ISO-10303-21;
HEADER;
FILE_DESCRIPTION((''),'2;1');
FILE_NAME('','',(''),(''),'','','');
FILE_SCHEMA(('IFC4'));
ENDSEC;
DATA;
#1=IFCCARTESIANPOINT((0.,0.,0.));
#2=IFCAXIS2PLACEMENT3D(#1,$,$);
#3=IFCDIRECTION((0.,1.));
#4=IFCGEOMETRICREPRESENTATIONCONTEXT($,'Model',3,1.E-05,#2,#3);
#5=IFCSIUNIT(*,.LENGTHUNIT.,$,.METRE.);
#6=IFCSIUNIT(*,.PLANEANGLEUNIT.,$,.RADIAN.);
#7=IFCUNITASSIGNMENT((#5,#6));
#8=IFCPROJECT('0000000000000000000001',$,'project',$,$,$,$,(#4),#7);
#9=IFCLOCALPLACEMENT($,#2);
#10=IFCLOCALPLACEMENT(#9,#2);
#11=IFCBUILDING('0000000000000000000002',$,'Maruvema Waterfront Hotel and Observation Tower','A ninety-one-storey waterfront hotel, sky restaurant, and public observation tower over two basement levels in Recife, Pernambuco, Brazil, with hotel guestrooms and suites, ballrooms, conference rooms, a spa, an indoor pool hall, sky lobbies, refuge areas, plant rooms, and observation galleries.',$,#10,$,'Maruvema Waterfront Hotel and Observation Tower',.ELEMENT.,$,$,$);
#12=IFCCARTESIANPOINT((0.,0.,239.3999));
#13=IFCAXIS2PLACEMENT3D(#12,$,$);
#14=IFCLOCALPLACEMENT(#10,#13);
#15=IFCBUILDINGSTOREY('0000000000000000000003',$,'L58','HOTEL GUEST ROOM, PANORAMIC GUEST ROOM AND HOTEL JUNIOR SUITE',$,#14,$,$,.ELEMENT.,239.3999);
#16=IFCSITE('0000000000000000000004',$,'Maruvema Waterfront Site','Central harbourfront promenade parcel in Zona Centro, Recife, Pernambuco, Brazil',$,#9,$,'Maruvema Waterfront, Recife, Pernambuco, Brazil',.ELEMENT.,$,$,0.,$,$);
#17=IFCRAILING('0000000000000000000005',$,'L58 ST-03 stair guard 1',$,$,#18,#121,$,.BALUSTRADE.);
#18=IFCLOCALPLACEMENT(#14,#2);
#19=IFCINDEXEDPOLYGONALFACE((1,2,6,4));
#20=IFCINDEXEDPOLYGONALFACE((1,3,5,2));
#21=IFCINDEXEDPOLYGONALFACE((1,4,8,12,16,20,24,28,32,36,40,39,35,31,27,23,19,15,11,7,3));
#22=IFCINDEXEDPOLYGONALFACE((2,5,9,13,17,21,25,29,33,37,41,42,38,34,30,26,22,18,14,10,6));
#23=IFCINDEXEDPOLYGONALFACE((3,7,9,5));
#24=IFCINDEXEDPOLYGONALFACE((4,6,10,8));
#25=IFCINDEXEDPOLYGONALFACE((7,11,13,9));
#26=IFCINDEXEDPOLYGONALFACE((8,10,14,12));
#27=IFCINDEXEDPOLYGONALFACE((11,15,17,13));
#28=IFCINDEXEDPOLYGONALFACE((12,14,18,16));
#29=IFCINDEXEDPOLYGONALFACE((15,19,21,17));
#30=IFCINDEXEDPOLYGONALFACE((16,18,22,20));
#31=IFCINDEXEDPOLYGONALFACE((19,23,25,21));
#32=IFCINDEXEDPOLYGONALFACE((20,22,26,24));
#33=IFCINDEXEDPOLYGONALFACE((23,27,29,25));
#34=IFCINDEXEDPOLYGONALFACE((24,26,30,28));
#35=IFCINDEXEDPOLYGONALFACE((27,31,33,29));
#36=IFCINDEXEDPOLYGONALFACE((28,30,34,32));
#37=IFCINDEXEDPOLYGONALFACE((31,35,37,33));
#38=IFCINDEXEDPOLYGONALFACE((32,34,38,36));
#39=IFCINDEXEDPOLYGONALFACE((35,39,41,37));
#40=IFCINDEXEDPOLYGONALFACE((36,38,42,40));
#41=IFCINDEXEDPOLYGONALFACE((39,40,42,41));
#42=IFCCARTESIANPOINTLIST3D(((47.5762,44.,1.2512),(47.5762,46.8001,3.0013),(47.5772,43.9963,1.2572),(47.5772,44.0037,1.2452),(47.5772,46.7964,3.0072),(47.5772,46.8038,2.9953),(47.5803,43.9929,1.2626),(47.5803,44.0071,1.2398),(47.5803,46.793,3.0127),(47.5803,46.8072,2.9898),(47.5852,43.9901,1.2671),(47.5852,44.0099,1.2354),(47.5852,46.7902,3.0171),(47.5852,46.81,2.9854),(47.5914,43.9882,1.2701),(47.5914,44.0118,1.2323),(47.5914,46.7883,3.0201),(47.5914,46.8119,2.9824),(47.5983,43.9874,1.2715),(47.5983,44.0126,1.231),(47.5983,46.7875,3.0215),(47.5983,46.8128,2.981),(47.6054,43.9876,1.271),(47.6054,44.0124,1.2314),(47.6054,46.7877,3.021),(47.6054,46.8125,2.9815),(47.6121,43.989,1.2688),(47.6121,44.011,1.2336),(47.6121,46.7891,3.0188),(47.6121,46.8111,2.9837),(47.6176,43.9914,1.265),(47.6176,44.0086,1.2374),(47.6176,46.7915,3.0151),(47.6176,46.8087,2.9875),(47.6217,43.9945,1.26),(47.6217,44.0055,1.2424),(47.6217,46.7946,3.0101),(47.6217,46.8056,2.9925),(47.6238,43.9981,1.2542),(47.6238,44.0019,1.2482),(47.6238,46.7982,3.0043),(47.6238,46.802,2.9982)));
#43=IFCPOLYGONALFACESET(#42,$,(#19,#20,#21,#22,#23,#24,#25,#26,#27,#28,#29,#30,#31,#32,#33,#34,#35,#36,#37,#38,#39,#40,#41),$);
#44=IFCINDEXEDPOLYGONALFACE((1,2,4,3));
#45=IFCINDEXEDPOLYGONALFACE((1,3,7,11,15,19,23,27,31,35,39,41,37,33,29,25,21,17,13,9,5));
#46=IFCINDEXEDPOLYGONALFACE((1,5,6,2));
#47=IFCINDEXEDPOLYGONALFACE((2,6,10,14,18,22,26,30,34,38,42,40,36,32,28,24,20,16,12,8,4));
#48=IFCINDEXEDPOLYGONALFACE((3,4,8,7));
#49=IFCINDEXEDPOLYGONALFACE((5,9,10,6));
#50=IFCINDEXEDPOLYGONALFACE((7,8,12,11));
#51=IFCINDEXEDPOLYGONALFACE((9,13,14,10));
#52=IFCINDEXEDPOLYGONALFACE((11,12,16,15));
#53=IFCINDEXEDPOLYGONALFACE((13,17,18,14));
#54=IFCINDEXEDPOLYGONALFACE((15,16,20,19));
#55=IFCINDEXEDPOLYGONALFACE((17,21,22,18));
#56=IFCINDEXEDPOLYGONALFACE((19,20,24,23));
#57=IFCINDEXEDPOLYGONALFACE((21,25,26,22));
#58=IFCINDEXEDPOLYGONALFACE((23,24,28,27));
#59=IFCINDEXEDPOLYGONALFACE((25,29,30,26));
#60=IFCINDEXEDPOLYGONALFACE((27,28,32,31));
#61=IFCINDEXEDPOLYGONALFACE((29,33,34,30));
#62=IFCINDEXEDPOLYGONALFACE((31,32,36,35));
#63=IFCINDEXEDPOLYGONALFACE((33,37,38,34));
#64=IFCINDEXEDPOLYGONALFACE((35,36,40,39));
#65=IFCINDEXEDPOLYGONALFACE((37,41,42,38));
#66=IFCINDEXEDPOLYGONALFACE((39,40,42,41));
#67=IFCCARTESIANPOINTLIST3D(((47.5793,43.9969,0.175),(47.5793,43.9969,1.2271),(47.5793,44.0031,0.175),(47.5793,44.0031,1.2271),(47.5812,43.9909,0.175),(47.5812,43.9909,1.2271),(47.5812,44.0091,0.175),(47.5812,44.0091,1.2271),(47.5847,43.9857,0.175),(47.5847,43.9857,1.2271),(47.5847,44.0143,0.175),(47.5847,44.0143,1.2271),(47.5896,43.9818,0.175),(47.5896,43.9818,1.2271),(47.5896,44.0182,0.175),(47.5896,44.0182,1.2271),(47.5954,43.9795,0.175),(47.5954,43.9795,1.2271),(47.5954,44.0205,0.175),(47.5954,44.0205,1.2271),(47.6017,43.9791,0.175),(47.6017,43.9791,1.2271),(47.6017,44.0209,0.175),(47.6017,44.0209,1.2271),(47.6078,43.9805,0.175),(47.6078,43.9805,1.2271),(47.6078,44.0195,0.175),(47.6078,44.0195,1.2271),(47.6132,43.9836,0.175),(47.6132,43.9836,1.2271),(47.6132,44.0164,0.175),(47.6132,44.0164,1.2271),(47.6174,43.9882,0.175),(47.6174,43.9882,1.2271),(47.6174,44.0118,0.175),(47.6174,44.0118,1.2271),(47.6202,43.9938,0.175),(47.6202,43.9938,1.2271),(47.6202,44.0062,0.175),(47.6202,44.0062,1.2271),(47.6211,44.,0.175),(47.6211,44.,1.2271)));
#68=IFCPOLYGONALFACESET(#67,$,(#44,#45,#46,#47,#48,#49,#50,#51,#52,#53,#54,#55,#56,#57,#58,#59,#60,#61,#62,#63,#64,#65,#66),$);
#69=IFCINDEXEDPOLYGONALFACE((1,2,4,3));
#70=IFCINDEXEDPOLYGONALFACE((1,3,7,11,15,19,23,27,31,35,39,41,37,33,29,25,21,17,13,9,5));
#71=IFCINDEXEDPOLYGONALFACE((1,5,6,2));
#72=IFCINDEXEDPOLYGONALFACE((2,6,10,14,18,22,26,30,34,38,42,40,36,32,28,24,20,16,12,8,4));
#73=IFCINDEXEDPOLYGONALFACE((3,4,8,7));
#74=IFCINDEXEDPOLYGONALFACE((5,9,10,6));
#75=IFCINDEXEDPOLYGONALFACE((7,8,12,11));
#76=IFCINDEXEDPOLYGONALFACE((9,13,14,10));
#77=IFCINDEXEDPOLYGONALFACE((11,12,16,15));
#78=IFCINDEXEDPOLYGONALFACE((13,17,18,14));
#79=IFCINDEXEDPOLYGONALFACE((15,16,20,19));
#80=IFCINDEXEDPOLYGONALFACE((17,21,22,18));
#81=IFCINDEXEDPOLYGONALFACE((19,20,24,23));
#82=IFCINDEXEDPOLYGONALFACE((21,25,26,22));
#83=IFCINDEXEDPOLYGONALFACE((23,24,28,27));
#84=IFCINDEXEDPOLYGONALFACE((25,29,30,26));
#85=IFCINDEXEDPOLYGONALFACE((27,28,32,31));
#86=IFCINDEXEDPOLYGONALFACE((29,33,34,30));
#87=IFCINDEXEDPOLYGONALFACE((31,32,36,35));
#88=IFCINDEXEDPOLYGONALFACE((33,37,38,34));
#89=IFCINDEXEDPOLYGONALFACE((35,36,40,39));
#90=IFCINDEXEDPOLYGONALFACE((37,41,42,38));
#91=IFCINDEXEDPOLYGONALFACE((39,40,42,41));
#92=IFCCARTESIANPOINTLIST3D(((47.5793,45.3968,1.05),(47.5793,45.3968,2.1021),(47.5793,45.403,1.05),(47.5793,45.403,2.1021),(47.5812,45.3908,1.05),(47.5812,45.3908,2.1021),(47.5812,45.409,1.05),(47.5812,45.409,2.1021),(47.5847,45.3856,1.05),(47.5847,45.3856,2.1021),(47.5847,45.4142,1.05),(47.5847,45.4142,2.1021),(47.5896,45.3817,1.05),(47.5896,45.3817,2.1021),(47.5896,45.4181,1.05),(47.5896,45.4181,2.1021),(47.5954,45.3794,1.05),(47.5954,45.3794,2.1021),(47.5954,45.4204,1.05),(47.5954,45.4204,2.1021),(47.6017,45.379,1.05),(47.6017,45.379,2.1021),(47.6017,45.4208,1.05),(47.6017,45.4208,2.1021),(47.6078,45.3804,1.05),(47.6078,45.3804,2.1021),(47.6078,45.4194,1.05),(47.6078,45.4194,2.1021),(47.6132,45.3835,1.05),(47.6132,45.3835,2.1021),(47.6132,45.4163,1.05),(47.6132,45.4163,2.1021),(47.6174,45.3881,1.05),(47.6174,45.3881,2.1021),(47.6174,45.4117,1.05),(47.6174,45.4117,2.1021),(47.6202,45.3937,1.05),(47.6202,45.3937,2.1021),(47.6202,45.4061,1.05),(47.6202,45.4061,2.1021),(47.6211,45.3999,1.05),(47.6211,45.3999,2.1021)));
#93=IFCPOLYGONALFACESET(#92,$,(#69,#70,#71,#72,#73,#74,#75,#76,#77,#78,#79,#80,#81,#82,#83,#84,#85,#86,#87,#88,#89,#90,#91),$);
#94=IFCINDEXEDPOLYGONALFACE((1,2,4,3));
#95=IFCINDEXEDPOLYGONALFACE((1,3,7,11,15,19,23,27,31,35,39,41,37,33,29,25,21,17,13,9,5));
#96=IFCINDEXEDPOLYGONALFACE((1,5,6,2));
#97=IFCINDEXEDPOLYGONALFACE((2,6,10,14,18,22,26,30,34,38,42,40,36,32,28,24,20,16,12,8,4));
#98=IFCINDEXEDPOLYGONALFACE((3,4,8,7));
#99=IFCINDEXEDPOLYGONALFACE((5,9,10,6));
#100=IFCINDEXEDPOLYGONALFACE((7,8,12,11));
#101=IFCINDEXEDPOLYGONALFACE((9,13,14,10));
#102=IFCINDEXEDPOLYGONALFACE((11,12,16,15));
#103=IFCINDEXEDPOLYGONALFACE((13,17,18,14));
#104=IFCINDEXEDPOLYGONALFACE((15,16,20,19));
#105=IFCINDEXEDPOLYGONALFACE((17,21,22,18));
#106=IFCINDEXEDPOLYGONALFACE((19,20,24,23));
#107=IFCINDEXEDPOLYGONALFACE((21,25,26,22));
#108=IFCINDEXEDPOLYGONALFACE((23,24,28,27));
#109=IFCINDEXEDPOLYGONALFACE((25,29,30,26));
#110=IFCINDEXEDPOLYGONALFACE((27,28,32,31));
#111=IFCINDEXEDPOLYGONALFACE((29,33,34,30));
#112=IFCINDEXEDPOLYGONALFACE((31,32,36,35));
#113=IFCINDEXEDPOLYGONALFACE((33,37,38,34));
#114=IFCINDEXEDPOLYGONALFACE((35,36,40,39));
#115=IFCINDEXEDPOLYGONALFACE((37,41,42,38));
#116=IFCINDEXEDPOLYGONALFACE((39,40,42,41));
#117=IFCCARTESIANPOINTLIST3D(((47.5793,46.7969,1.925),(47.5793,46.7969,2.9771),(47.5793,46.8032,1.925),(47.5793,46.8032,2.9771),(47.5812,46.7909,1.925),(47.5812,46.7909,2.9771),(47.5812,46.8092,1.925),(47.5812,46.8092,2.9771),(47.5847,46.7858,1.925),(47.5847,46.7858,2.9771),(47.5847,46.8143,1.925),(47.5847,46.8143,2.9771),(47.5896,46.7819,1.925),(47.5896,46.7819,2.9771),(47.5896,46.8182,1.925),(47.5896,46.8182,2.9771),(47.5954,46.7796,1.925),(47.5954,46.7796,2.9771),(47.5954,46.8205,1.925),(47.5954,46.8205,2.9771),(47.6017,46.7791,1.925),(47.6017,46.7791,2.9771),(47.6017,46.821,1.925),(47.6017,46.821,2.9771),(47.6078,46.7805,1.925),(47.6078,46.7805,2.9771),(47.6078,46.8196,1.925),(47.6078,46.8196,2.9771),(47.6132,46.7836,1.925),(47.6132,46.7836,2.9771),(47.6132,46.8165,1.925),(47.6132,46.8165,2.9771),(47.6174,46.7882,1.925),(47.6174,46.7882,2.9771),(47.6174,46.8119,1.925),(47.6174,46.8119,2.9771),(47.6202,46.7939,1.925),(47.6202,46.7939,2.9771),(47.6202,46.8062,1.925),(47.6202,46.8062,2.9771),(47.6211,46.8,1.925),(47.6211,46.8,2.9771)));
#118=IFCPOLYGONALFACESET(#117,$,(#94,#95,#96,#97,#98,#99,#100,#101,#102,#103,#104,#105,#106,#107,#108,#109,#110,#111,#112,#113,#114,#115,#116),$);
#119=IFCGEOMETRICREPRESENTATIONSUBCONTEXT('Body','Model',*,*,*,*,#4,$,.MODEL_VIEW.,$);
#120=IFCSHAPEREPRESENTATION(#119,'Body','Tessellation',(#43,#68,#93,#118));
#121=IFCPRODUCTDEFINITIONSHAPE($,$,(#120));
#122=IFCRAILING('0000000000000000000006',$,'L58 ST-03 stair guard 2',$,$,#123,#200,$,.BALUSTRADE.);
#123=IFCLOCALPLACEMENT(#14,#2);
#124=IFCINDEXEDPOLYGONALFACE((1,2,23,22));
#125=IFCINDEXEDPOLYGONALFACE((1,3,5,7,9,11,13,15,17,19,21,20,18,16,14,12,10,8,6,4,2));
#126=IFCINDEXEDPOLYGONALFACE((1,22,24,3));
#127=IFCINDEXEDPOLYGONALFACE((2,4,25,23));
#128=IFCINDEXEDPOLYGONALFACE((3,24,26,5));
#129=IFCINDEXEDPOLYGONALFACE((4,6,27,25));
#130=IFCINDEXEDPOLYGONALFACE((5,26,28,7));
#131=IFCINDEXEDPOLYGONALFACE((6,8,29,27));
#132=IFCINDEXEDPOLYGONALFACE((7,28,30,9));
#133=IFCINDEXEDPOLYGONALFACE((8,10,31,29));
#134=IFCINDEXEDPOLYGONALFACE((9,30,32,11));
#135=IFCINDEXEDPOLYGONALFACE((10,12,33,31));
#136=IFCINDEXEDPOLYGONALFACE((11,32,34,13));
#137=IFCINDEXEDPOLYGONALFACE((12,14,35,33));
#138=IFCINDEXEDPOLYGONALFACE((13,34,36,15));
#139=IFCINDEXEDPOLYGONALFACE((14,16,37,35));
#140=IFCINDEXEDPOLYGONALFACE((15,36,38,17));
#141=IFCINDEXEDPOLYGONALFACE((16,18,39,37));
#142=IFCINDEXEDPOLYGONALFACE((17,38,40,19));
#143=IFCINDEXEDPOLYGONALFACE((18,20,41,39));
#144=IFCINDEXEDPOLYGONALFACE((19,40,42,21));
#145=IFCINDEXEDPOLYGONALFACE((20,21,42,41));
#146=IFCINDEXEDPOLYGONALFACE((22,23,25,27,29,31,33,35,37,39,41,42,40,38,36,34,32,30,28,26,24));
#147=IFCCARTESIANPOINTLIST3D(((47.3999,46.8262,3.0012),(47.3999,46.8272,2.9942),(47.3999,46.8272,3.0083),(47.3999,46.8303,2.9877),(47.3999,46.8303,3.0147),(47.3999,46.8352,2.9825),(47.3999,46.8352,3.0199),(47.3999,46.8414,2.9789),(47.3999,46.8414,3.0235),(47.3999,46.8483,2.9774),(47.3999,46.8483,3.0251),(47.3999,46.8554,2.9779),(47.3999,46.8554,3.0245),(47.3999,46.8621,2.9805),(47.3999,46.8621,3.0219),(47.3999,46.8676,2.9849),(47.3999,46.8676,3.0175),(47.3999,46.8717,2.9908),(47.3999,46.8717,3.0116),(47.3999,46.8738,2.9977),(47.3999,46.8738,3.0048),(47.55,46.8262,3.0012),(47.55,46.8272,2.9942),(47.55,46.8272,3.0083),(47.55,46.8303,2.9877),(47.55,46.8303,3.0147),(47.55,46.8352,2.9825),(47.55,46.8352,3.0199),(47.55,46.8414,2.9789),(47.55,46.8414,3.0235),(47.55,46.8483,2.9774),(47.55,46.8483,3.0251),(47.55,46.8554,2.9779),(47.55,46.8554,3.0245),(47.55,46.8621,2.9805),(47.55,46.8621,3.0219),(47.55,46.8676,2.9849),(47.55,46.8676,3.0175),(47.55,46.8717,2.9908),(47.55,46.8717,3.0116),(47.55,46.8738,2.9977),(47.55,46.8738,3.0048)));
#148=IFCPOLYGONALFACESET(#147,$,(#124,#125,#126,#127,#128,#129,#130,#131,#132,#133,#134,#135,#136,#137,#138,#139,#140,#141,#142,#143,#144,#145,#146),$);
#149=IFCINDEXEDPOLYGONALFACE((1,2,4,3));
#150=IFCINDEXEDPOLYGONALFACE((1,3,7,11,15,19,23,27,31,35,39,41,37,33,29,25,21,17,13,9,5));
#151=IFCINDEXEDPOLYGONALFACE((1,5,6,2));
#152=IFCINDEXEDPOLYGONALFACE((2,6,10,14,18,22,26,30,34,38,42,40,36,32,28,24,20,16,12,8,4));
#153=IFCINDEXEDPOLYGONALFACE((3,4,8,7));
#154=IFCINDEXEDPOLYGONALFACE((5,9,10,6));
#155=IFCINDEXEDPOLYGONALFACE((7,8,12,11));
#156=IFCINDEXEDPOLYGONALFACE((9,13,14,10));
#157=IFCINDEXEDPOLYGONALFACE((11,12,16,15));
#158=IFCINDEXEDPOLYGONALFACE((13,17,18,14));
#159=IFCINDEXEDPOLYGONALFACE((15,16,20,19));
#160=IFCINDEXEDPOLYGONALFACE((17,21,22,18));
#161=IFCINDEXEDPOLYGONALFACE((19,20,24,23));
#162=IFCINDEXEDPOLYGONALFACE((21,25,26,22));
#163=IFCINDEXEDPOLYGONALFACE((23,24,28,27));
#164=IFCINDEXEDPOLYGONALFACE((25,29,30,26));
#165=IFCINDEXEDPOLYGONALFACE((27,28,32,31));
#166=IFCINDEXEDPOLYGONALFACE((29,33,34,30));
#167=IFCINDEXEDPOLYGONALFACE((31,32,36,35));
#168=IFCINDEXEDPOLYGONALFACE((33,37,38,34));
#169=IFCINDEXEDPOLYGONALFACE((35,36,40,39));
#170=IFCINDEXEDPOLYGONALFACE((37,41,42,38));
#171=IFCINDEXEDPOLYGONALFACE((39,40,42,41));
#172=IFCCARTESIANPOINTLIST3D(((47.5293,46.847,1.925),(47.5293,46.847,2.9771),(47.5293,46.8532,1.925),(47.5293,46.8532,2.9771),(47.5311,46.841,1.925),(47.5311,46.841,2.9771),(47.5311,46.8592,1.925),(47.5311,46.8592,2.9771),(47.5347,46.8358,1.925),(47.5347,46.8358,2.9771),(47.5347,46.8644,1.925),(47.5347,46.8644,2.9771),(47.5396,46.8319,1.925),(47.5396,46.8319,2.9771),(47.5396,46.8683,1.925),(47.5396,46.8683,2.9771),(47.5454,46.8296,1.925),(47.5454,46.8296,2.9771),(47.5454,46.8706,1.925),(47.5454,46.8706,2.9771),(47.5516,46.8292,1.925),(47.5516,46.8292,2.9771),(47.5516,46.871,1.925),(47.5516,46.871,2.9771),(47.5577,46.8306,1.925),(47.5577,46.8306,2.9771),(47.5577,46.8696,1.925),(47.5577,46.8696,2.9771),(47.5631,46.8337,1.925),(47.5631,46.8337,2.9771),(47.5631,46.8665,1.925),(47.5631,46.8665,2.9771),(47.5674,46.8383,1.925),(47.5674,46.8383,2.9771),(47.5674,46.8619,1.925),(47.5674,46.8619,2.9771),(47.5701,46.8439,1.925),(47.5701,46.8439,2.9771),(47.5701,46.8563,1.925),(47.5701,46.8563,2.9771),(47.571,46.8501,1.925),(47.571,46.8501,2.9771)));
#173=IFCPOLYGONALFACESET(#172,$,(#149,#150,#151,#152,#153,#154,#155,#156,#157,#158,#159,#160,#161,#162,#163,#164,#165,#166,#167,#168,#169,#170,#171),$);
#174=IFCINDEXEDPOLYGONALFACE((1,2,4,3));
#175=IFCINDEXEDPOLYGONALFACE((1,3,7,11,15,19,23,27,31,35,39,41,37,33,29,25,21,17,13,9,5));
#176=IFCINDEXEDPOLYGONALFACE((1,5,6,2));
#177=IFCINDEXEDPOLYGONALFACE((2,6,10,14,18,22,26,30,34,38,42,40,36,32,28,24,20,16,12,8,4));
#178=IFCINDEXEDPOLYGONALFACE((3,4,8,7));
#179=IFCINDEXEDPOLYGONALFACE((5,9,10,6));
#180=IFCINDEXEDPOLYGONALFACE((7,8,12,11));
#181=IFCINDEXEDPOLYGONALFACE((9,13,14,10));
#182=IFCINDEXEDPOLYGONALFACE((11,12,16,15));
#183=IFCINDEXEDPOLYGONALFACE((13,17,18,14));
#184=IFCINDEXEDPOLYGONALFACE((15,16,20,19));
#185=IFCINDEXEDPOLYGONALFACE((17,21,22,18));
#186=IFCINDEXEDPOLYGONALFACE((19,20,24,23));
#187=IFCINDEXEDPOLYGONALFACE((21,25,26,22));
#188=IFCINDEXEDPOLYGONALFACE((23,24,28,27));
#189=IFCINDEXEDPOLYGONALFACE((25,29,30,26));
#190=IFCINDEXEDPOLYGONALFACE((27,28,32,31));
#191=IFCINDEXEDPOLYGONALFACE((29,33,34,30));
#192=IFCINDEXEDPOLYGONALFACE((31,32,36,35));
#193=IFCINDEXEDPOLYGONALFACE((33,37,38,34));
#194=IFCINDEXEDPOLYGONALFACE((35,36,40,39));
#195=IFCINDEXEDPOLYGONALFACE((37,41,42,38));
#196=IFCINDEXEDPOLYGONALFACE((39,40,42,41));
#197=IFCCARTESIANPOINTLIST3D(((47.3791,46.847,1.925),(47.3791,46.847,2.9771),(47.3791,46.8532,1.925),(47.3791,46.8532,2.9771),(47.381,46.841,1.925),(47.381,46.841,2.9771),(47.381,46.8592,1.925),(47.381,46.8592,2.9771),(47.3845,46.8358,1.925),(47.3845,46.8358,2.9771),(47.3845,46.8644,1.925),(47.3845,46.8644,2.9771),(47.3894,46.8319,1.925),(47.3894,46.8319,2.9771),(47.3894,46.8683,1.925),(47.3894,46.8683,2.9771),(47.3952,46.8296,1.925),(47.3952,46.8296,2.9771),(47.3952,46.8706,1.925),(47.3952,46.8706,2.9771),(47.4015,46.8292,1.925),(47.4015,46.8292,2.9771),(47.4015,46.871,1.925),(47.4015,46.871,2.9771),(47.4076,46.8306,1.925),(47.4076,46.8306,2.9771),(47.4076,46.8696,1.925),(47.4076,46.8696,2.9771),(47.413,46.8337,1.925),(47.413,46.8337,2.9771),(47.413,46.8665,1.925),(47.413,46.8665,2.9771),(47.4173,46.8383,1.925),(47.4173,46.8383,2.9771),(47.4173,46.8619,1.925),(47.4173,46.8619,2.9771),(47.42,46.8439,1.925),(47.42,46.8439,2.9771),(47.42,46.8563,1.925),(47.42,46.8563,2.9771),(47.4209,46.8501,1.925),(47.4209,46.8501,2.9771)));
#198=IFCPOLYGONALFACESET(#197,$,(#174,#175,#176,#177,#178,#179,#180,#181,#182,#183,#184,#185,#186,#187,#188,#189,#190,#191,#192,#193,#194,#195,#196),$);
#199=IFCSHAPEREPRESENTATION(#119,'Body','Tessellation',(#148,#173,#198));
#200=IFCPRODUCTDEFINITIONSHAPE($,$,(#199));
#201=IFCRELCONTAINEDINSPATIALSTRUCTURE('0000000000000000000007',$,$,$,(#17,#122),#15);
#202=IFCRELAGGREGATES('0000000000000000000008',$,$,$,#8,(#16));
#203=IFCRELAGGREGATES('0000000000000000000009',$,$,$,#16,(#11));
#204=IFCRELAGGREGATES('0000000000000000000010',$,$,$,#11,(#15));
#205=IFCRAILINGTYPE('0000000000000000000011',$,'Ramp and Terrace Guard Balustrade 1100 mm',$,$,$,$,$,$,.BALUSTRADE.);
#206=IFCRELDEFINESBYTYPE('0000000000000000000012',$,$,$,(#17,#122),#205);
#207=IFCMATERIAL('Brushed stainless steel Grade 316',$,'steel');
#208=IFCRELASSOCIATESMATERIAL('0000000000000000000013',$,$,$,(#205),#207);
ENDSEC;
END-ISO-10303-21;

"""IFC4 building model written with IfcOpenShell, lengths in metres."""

from ifc_helpers import new_model, si_unit, direction, frame, origin, origin_2d, place, context, subcontext, project, spatial, circle, extrude, material, type_object, element, save


model = new_model("IFC4")

# Units and contexts
model_context = context("Model", 3, precision=1e-05, world=origin(), true_north=direction((0.0, 1.0)))
body_context = subcontext(model_context, "Body", "Model", "MODEL_VIEW")
ifc_project = project(units=[si_unit("LENGTHUNIT", "METRE"), si_unit("PLANEANGLEUNIT", "RADIAN")], contexts=[model_context])

# Site, building, storey
site_placement = place(None, origin())
site = spatial("IfcSite", under=ifc_project, at=site_placement, Name="Maruvema Waterfront Site", Description="Central harbourfront promenade parcel in Zona Centro, Recife, Pernambuco, Brazil", LongName="Maruvema Waterfront, Recife, Pernambuco, Brazil", CompositionType="ELEMENT", RefElevation=0.0)
building_placement = place(site_placement, origin())
building = spatial("IfcBuilding", under=site, at=building_placement, Name="Maruvema Waterfront Hotel and Observation Tower", Description="A ninety-one-storey waterfront hotel, sky restaurant, and public observation tower over two basement levels in Recife, Pernambuco, Brazil, with hotel guestrooms and suites, ballrooms, conference rooms, a spa, an indoor pool hall, sky lobbies, refuge areas, plant rooms, and observation galleries.", LongName="Maruvema Waterfront Hotel and Observation Tower", CompositionType="ELEMENT")
storey_placement = place(building_placement, frame((0.0, 0.0, 239.3999)))
storey = spatial("IfcBuildingStorey", under=building, at=storey_placement, Name="L58", Description="HOTEL GUEST ROOM, PANORAMIC GUEST ROOM AND HOTEL JUNIOR SUITE", CompositionType="ELEMENT", Elevation=239.3999)

# Railings
ifc_material_1 = material(Name="Brushed stainless steel Grade 316", Category="steel")
railing_type_1 = type_object("IfcRailingType", Name="Ramp and Terrace Guard Balustrade 1100 mm", PredefinedType="BALUSTRADE", material=ifc_material_1)
railing_1_placement = place(storey_placement, frame((47.6001, 44.0, 0.175)))
element("IfcRailing", 1, at=railing_1_placement, inside=storey, type_object=railing_type_1, Name="L58 ST-03 stair guard 1", PredefinedType="BALUSTRADE", context=body_context, shape_type="SweptSolid", body=[
    extrude(circle(Radius=0.0239, at=origin_2d()), frame((0.0, 0.0, 1.0762), z_axis=(0.0, 0.848002, 0.529992), x_axis=(-1.0, 0.0, 0.0)), (0.0, 0.0, 1.0), 3.302),
    extrude(circle(Radius=0.021, at=origin_2d()), origin(), (0.0, 0.0, 1.0), 1.052),
    extrude(circle(Radius=0.021, at=origin_2d()), frame((0.0, 1.3999, 0.875)), (0.0, 0.0, 1.0), 1.052),
    extrude(circle(Radius=0.021, at=origin_2d()), frame((0.0, 2.8, 1.75)), (0.0, 0.0, 1.0), 1.052),
])
railing_2_placement = place(storey_placement, frame((47.55, 46.8501, 1.925)))
element("IfcRailing", 2, at=railing_2_placement, inside=storey, type_object=railing_type_1, Name="L58 ST-03 stair guard 2", PredefinedType="BALUSTRADE", context=body_context, shape_type="SweptSolid", body=[
    extrude(circle(Radius=0.0239, at=origin_2d()), frame((0.0, 0.0, 1.0762), z_axis=(-1.0, 0.0, 0.0), x_axis=(0.0, -1.0, 0.0)), (0.0, 0.0, 1.0), 0.1501),
    extrude(circle(Radius=0.021, at=origin_2d()), origin(), (0.0, 0.0, 1.0), 1.052),
    extrude(circle(Radius=0.021, at=origin_2d()), frame((-0.1501, 0.0, 0.0)), (0.0, 0.0, 1.0), 1.052),
])

save(model, "model.ifc")
